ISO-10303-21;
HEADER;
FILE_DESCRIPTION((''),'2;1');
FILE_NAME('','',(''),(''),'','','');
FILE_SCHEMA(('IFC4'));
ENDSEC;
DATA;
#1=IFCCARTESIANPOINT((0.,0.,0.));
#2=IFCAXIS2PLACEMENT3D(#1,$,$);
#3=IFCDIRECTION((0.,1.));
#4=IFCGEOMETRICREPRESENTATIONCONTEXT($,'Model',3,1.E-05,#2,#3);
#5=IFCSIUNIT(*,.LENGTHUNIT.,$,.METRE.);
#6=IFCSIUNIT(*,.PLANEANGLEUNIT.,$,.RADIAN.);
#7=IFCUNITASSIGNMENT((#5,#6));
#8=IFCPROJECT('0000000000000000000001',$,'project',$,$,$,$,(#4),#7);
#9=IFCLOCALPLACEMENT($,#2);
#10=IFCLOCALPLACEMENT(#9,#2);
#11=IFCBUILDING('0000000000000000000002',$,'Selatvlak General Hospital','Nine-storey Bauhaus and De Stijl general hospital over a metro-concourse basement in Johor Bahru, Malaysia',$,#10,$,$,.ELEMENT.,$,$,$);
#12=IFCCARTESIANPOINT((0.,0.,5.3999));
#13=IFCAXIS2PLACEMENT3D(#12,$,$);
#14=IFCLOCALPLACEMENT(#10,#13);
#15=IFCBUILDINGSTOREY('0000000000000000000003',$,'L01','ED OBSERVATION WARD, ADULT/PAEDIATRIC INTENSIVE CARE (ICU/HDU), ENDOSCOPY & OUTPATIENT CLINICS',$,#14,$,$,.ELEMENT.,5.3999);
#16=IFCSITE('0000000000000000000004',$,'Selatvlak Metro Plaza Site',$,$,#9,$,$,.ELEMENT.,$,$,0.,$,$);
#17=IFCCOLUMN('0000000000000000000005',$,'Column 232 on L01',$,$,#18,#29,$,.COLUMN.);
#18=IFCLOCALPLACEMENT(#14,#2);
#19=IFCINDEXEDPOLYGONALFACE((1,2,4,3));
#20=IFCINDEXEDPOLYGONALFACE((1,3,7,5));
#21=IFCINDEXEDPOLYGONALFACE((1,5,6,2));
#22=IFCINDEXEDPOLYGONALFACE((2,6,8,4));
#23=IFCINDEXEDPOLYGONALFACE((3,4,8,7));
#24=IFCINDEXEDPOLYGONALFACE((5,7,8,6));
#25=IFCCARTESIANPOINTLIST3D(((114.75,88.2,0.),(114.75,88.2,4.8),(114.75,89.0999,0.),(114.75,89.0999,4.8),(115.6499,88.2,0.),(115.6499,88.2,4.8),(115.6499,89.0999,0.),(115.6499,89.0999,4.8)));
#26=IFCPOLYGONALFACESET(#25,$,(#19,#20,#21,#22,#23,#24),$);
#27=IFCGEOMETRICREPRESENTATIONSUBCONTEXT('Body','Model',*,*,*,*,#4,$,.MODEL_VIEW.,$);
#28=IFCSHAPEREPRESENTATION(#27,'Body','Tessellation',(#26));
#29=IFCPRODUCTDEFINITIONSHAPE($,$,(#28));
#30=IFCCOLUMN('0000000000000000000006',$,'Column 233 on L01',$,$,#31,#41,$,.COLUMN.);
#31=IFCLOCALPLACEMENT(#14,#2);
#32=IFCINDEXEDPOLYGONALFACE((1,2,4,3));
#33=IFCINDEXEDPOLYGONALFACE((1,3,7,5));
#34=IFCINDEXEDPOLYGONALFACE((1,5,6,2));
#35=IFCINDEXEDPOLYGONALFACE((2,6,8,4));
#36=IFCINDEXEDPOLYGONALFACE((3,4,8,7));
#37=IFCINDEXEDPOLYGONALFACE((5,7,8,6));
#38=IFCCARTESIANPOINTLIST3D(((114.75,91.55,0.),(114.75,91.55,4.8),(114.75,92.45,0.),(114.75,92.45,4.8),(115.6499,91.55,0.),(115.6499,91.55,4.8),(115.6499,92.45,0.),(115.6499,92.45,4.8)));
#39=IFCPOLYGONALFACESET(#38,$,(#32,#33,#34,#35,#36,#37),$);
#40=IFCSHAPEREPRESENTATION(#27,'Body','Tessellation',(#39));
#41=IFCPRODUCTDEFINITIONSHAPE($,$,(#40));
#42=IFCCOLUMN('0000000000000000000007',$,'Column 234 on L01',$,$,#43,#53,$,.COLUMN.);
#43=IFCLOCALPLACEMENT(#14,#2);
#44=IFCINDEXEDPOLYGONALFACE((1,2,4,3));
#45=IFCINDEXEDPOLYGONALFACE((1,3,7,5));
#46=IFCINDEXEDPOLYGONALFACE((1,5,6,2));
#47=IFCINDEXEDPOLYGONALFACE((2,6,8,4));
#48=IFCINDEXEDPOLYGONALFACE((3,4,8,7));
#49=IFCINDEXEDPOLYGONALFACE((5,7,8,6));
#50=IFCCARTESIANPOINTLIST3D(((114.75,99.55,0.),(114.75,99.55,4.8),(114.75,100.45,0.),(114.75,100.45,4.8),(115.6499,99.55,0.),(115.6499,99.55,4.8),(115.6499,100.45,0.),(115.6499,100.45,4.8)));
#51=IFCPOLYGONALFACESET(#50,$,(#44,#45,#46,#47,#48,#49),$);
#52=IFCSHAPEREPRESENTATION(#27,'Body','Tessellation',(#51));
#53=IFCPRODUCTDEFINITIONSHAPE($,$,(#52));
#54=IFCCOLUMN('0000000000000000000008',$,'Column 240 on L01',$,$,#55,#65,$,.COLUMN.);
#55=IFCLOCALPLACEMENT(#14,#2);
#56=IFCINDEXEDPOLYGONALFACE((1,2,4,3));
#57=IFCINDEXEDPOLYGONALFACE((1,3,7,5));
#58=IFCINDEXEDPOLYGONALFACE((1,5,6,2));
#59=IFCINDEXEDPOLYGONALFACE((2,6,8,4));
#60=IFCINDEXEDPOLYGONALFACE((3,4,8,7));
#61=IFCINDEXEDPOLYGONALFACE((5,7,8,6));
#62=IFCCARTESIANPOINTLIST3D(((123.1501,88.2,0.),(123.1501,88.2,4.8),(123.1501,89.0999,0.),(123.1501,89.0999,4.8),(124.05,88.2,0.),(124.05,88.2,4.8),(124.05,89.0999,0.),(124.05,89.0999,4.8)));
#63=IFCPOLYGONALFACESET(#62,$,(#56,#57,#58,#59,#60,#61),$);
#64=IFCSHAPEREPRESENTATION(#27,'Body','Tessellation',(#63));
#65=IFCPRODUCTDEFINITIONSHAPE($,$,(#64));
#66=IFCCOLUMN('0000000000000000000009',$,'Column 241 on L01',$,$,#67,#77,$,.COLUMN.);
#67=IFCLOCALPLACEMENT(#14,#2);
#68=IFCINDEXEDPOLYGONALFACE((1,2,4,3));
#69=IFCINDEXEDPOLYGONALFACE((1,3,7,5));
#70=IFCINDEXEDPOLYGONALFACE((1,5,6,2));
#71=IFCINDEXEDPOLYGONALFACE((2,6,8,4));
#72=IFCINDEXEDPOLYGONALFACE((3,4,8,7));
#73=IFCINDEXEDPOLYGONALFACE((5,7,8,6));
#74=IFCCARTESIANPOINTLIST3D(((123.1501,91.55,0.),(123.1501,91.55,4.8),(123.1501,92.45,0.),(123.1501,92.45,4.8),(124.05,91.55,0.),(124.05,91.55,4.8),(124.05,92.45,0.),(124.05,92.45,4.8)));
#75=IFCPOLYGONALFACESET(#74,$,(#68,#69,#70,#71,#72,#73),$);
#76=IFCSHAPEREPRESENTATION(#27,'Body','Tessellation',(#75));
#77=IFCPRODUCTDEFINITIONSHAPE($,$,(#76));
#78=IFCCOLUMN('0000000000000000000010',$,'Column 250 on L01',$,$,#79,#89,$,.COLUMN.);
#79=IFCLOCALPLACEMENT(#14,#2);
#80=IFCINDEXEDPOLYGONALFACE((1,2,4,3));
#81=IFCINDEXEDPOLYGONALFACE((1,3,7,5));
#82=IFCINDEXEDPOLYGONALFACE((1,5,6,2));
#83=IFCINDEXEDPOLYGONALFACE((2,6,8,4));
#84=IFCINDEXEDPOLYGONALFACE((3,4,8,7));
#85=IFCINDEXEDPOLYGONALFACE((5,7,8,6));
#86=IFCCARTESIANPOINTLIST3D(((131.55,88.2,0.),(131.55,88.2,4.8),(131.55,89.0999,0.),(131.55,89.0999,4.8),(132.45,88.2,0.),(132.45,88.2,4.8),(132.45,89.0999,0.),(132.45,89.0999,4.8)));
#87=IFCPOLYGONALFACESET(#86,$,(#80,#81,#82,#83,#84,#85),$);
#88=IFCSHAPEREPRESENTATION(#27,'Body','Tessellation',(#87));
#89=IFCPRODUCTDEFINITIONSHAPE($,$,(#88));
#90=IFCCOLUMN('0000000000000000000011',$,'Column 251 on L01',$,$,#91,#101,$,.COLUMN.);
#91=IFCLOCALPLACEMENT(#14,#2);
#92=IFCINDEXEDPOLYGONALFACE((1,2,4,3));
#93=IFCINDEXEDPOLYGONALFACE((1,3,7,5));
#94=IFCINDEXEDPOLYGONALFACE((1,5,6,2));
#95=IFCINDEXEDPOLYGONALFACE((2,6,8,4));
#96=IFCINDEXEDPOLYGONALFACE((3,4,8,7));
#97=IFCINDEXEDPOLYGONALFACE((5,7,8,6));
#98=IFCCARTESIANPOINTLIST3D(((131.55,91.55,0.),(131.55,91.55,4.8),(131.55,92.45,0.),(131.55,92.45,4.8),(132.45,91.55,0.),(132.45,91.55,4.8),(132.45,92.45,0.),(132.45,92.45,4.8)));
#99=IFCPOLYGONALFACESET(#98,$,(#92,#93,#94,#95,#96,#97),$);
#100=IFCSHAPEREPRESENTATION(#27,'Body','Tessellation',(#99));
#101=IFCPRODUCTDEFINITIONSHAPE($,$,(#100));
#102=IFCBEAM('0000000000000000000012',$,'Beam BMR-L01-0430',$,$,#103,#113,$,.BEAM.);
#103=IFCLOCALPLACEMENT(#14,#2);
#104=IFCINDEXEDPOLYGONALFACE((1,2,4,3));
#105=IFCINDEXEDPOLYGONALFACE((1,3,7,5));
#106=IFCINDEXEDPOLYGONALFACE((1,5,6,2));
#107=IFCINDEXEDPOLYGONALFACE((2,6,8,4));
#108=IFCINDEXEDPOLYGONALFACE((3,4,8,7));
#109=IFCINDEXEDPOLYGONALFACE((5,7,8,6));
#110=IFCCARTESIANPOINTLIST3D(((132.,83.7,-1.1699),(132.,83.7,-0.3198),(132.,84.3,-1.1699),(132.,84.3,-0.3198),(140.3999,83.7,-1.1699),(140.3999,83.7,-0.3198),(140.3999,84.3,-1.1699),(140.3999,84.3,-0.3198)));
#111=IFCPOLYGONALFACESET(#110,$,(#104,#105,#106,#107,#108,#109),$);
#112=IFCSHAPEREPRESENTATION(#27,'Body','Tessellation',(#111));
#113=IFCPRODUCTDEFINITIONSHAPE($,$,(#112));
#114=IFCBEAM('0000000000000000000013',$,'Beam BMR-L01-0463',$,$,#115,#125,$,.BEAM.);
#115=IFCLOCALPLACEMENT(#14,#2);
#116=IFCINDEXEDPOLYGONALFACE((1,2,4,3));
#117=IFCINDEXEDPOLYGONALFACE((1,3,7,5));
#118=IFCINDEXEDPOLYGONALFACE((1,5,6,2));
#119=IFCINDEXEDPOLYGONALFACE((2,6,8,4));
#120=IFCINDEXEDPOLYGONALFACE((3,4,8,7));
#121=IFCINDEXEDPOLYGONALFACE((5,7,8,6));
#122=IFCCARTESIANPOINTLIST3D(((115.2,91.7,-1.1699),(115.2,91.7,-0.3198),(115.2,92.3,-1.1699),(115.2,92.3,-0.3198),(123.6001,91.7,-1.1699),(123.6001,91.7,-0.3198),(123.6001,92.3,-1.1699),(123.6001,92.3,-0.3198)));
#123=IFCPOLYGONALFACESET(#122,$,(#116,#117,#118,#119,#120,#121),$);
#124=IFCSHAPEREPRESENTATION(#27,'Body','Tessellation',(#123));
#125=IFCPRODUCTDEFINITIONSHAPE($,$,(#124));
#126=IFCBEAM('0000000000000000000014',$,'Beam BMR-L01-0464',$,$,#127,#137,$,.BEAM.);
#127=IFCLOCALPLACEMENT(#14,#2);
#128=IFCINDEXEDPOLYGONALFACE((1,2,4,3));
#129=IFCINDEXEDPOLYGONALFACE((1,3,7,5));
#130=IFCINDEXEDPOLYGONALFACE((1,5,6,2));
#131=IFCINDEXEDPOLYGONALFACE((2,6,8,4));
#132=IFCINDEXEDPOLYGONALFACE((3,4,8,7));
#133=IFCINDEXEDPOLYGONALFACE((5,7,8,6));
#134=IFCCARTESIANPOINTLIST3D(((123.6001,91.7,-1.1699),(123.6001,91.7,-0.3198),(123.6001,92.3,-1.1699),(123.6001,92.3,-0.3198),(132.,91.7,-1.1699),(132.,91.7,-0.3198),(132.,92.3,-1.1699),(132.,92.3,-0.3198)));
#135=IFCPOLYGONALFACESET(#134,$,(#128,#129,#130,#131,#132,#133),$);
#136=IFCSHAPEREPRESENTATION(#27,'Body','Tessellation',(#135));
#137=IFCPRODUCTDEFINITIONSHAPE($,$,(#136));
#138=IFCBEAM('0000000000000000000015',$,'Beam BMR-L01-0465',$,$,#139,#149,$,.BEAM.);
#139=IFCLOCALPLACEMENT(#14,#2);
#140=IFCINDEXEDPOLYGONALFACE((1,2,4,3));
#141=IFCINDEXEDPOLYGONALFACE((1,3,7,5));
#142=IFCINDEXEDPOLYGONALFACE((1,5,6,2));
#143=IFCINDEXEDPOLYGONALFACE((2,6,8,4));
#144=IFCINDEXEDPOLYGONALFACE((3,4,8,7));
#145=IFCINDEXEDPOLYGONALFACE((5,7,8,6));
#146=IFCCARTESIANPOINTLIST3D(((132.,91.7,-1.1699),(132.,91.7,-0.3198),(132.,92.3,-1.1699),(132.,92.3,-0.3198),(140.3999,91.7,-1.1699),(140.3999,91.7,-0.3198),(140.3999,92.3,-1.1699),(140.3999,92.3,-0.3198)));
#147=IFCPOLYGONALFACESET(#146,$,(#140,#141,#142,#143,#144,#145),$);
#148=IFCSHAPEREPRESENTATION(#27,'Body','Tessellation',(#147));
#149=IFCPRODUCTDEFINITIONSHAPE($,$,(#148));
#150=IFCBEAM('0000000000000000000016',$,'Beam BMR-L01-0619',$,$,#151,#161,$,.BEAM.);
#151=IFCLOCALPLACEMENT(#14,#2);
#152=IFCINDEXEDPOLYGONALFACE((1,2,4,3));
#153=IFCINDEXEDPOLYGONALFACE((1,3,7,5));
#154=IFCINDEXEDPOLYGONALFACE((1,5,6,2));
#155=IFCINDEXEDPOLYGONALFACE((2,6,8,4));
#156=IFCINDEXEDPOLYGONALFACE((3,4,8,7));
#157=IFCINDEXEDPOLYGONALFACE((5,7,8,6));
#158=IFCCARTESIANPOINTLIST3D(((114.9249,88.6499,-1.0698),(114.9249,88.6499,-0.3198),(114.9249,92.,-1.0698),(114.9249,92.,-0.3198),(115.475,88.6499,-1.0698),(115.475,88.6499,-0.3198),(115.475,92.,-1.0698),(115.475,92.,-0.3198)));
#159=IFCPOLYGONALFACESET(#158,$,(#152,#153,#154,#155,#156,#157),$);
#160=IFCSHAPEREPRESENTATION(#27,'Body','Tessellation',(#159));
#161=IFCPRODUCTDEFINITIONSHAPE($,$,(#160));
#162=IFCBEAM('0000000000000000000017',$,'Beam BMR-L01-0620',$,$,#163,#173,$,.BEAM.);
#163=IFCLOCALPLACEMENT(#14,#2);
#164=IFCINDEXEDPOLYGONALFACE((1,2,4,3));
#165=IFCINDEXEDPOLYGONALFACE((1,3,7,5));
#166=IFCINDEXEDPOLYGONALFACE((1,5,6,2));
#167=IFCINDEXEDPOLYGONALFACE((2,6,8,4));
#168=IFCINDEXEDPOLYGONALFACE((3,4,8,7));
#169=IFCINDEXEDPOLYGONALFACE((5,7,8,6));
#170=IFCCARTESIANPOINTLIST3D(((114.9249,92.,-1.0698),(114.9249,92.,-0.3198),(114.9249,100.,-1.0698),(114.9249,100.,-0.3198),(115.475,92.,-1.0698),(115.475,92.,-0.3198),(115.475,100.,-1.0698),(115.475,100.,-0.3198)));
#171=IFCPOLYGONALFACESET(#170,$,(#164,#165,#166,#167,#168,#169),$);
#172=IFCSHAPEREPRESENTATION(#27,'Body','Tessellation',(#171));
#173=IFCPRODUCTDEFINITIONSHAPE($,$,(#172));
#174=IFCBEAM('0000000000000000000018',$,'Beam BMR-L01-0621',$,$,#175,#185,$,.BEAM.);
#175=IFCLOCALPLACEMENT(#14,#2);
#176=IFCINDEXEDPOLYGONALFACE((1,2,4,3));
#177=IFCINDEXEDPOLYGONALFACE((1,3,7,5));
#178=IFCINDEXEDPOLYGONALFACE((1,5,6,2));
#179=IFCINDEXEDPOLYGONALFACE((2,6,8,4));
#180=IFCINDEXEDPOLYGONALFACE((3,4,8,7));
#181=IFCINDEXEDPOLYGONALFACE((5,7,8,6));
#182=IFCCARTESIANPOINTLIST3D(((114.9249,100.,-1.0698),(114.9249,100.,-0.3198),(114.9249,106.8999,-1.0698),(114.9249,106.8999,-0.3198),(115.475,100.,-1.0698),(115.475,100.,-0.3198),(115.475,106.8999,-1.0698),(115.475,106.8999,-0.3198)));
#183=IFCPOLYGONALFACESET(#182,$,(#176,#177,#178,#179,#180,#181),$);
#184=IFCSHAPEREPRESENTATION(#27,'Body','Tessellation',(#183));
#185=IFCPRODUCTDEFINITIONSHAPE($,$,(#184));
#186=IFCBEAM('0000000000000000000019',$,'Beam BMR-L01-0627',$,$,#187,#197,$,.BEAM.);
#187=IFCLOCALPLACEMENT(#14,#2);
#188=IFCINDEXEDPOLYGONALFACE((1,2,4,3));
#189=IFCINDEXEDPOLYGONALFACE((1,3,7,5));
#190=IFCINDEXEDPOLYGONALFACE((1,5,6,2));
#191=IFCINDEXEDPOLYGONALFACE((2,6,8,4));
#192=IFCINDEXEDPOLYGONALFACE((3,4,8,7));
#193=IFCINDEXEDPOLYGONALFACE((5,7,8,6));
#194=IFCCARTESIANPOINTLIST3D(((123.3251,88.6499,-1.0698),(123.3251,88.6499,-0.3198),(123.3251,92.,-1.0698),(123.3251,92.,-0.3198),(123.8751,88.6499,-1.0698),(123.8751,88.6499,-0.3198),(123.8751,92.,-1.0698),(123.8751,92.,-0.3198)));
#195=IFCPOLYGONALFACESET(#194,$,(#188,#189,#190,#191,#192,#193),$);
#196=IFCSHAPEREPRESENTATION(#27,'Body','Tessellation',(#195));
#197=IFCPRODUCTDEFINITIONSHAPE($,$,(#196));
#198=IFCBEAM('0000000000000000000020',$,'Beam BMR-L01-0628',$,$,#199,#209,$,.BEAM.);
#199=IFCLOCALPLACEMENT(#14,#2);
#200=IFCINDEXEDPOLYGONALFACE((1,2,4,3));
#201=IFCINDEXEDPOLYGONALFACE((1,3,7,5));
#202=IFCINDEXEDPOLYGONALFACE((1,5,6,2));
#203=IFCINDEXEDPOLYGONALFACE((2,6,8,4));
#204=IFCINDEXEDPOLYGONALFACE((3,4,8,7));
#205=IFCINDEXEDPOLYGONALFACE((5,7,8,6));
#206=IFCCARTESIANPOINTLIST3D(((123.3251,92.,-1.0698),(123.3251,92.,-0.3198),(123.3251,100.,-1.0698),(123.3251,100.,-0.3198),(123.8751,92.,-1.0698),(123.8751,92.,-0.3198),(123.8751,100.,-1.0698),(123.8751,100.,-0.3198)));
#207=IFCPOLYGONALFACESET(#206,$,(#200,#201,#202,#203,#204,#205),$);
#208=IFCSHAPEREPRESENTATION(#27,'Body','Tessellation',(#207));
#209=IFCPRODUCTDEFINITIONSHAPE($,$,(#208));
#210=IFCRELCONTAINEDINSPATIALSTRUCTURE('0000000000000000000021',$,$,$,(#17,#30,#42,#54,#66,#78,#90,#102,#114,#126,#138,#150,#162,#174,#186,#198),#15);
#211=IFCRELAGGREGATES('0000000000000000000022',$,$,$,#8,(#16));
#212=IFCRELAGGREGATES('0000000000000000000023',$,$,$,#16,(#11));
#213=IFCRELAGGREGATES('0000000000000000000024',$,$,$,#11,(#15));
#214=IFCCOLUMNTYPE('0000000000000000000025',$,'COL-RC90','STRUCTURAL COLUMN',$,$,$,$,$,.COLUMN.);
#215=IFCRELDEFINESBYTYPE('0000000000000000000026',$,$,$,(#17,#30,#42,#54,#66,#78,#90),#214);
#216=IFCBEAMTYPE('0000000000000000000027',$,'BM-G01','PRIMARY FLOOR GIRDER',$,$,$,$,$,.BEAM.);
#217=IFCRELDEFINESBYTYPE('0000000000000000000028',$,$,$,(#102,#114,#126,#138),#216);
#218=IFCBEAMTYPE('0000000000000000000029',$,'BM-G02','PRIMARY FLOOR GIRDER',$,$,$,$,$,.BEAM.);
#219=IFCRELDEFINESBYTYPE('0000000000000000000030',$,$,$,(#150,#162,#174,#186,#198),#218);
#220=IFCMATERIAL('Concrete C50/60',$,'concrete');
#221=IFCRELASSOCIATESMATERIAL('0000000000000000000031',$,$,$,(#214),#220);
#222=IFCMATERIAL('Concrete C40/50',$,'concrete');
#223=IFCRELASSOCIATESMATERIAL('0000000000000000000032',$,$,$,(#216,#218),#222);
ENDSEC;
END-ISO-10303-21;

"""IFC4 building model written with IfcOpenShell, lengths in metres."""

from ifc_helpers import new_model, si_unit, direction, frame, origin, origin_2d, place, context, subcontext, project, spatial, rectangle, extrude, material, material_profile, profile_set, type_object, element, save


model = new_model("IFC4")

# Units and contexts
model_context = context("Model", 3, precision=1e-05, world=origin(), true_north=direction((0.0, 1.0)))
body_context = subcontext(model_context, "Body", "Model", "MODEL_VIEW")
ifc_project = project(units=[si_unit("LENGTHUNIT", "METRE"), si_unit("PLANEANGLEUNIT", "RADIAN")], contexts=[model_context])

# Site, building, storey
site_placement = place(None, origin())
site = spatial("IfcSite", under=ifc_project, at=site_placement, Name="Selatvlak Metro Plaza Site", CompositionType="ELEMENT", RefElevation=0.0)
building_placement = place(site_placement, origin())
building = spatial("IfcBuilding", under=site, at=building_placement, Name="Selatvlak General Hospital", Description="Nine-storey Bauhaus and De Stijl general hospital over a metro-concourse basement in Johor Bahru, Malaysia", CompositionType="ELEMENT")
storey_placement = place(building_placement, frame((0.0, 0.0, 5.3999)))
storey = spatial("IfcBuildingStorey", under=building, at=storey_placement, Name="L01", Description="ED OBSERVATION WARD, ADULT/PAEDIATRIC INTENSIVE CARE (ICU/HDU), ENDOSCOPY & OUTPATIENT CLINICS", CompositionType="ELEMENT", Elevation=5.3999)

# Columns
ifc_material_1 = material(Name="Concrete C50/60", Category="concrete")
ifc_material_profile_1 = material_profile(ifc_material_1, rectangle(XDim=0.8999, YDim=0.8999, at=origin_2d()), Name="RC-COL 900x900")
ifc_profile_set_1 = profile_set([ifc_material_profile_1], Name="Concrete C50/60")
column_type = type_object("IfcColumnType", Name="COL-RC90", Description="STRUCTURAL COLUMN", PredefinedType="COLUMN", material=ifc_profile_set_1)
for number, where, z_axis, x_axis, name in (
    (1, (115.2, 88.6499, 0.0), (0.0, 0.0, 1.0), (1.0, 0.0, 0.0), "Column 232 on L01"),
    (2, (115.2, 92.0, 0.0), (0.0, 0.0, 1.0), (1.0, 0.0, 0.0), "Column 233 on L01"),
    (3, (115.2, 100.0, 0.0), (0.0, 0.0, 1.0), (1.0, 0.0, 0.0), "Column 234 on L01"),
    (4, (123.6001, 88.6499, 0.0), (0.0, 0.0, 1.0), (1.0, 0.0, 0.0), "Column 240 on L01"),
    (5, (123.6001, 92.0, 0.0), (0.0, 0.0, 1.0), (1.0, 0.0, 0.0), "Column 241 on L01"),
    (6, (132.0, 88.6499, 0.0), (0.0, 0.0, 1.0), (1.0, 0.0, 0.0), "Column 250 on L01"),
    (7, (132.0, 92.0, 0.0), (0.0, 0.0, 1.0), (1.0, 0.0, 0.0), "Column 251 on L01"),
):
    element("IfcColumn", number, at=place(storey_placement, frame(where, z_axis=z_axis, x_axis=x_axis)), inside=storey, type_object=column_type, Name=name, PredefinedType="COLUMN", context=body_context, shape_type="SweptSolid", body=[
        extrude(rectangle(XDim=0.8999, YDim=0.8999, at=origin_2d()), origin(), (0.0, 0.0, 1.0), 4.8),
    ])

# Beams
ifc_material_2 = material(Name="Concrete C40/50", Category="concrete")
ifc_material_profile_2 = material_profile(ifc_material_2, rectangle(XDim=0.6001, YDim=0.8501, at=origin_2d()), Name="RC-BM 600x850")
ifc_profile_set_2 = profile_set([ifc_material_profile_2], Name="Concrete C40/50")
beam_type_1 = type_object("IfcBeamType", Name="BM-G01", Description="PRIMARY FLOOR GIRDER", PredefinedType="BEAM", material=ifc_profile_set_2)
beam_1_placement = place(storey_placement, frame((132.0, 84.0, -0.7449), z_axis=(1.0, 0.0, 0.0), x_axis=(0.0, 1.0, 0.0)))
element("IfcBeam", 8, at=beam_1_placement, inside=storey, type_object=beam_type_1, Name="Beam BMR-L01-0430", PredefinedType="BEAM", context=body_context, shape_type="SweptSolid", body=[
    extrude(rectangle(XDim=0.6001, YDim=0.8501, at=origin_2d()), origin(), (0.0, 0.0, 1.0), 8.3999),
])
beam_2_placement = place(storey_placement, frame((115.2, 92.0, -0.7449), z_axis=(1.0, 0.0, 0.0), x_axis=(0.0, 1.0, 0.0)))
element("IfcBeam", 9, at=beam_2_placement, inside=storey, type_object=beam_type_1, Name="Beam BMR-L01-0463", PredefinedType="BEAM", context=body_context, shape_type="SweptSolid", body=[
    extrude(rectangle(XDim=0.6001, YDim=0.8501, at=origin_2d()), origin(), (0.0, 0.0, 1.0), 8.4001),
])
for number, where, z_axis, x_axis, name in (
    (10, (123.6001, 92.0, -0.7449), (1.0, 0.0, 0.0), (0.0, 1.0, 0.0), "Beam BMR-L01-0464"),
    (11, (132.0, 92.0, -0.7449), (1.0, 0.0, 0.0), (0.0, 1.0, 0.0), "Beam BMR-L01-0465"),
):
    element("IfcBeam", number, at=place(storey_placement, frame(where, z_axis=z_axis, x_axis=x_axis)), inside=storey, type_object=beam_type_1, Name=name, PredefinedType="BEAM", context=body_context, shape_type="SweptSolid", body=[
        extrude(rectangle(XDim=0.6001, YDim=0.8501, at=origin_2d()), origin(), (0.0, 0.0, 1.0), 8.3999),
    ])
ifc_material_profile_3 = material_profile(ifc_material_2, rectangle(XDim=0.55, YDim=0.75, at=origin_2d()), Name="RC-BM 550x750")
ifc_profile_set_3 = profile_set([ifc_material_profile_3], Name="Concrete C40/50")
beam_type_2 = type_object("IfcBeamType", Name="BM-G02", Description="PRIMARY FLOOR GIRDER", PredefinedType="BEAM", material=ifc_profile_set_3)
beam_3_placement = place(storey_placement, frame((115.2, 88.6499, -0.6948), z_axis=(0.0, 1.0, 0.0), x_axis=(-1.0, 0.0, 0.0)))
element("IfcBeam", 12, at=beam_3_placement, inside=storey, type_object=beam_type_2, Name="Beam BMR-L01-0619", PredefinedType="BEAM", context=body_context, shape_type="SweptSolid", body=[
    extrude(rectangle(XDim=0.55, YDim=0.75, at=origin_2d()), origin(), (0.0, 0.0, 1.0), 3.3501),
])
beam_4_placement = place(storey_placement, frame((115.2, 92.0, -0.6948), z_axis=(0.0, 1.0, 0.0), x_axis=(-1.0, 0.0, 0.0)))
element("IfcBeam", 13, at=beam_4_placement, inside=storey, type_object=beam_type_2, Name="Beam BMR-L01-0620", PredefinedType="BEAM", context=body_context, shape_type="SweptSolid", body=[
    extrude(rectangle(XDim=0.55, YDim=0.75, at=origin_2d()), origin(), (0.0, 0.0, 1.0), 8.0),
])
beam_5_placement = place(storey_placement, frame((115.2, 100.0, -0.6948), z_axis=(0.0, 1.0, 0.0), x_axis=(-1.0, 0.0, 0.0)))
element("IfcBeam", 14, at=beam_5_placement, inside=storey, type_object=beam_type_2, Name="Beam BMR-L01-0621", PredefinedType="BEAM", context=body_context, shape_type="SweptSolid", body=[
    extrude(rectangle(XDim=0.55, YDim=0.75, at=origin_2d()), origin(), (0.0, 0.0, 1.0), 6.8999),
])
beam_6_placement = place(storey_placement, frame((123.6001, 88.6499, -0.6948), z_axis=(0.0, 1.0, 0.0), x_axis=(-1.0, 0.0, 0.0)))
element("IfcBeam", 15, at=beam_6_placement, inside=storey, type_object=beam_type_2, Name="Beam BMR-L01-0627", PredefinedType="BEAM", context=body_context, shape_type="SweptSolid", body=[
    extrude(rectangle(XDim=0.55, YDim=0.75, at=origin_2d()), origin(), (0.0, 0.0, 1.0), 3.3501),
])
beam_7_placement = place(storey_placement, frame((123.6001, 92.0, -0.6948), z_axis=(0.0, 1.0, 0.0), x_axis=(-1.0, 0.0, 0.0)))
element("IfcBeam", 16, at=beam_7_placement, inside=storey, type_object=beam_type_2, Name="Beam BMR-L01-0628", PredefinedType="BEAM", context=body_context, shape_type="SweptSolid", body=[
    extrude(rectangle(XDim=0.55, YDim=0.75, at=origin_2d()), origin(), (0.0, 0.0, 1.0), 8.0),
])

save(model, "model.ifc")
